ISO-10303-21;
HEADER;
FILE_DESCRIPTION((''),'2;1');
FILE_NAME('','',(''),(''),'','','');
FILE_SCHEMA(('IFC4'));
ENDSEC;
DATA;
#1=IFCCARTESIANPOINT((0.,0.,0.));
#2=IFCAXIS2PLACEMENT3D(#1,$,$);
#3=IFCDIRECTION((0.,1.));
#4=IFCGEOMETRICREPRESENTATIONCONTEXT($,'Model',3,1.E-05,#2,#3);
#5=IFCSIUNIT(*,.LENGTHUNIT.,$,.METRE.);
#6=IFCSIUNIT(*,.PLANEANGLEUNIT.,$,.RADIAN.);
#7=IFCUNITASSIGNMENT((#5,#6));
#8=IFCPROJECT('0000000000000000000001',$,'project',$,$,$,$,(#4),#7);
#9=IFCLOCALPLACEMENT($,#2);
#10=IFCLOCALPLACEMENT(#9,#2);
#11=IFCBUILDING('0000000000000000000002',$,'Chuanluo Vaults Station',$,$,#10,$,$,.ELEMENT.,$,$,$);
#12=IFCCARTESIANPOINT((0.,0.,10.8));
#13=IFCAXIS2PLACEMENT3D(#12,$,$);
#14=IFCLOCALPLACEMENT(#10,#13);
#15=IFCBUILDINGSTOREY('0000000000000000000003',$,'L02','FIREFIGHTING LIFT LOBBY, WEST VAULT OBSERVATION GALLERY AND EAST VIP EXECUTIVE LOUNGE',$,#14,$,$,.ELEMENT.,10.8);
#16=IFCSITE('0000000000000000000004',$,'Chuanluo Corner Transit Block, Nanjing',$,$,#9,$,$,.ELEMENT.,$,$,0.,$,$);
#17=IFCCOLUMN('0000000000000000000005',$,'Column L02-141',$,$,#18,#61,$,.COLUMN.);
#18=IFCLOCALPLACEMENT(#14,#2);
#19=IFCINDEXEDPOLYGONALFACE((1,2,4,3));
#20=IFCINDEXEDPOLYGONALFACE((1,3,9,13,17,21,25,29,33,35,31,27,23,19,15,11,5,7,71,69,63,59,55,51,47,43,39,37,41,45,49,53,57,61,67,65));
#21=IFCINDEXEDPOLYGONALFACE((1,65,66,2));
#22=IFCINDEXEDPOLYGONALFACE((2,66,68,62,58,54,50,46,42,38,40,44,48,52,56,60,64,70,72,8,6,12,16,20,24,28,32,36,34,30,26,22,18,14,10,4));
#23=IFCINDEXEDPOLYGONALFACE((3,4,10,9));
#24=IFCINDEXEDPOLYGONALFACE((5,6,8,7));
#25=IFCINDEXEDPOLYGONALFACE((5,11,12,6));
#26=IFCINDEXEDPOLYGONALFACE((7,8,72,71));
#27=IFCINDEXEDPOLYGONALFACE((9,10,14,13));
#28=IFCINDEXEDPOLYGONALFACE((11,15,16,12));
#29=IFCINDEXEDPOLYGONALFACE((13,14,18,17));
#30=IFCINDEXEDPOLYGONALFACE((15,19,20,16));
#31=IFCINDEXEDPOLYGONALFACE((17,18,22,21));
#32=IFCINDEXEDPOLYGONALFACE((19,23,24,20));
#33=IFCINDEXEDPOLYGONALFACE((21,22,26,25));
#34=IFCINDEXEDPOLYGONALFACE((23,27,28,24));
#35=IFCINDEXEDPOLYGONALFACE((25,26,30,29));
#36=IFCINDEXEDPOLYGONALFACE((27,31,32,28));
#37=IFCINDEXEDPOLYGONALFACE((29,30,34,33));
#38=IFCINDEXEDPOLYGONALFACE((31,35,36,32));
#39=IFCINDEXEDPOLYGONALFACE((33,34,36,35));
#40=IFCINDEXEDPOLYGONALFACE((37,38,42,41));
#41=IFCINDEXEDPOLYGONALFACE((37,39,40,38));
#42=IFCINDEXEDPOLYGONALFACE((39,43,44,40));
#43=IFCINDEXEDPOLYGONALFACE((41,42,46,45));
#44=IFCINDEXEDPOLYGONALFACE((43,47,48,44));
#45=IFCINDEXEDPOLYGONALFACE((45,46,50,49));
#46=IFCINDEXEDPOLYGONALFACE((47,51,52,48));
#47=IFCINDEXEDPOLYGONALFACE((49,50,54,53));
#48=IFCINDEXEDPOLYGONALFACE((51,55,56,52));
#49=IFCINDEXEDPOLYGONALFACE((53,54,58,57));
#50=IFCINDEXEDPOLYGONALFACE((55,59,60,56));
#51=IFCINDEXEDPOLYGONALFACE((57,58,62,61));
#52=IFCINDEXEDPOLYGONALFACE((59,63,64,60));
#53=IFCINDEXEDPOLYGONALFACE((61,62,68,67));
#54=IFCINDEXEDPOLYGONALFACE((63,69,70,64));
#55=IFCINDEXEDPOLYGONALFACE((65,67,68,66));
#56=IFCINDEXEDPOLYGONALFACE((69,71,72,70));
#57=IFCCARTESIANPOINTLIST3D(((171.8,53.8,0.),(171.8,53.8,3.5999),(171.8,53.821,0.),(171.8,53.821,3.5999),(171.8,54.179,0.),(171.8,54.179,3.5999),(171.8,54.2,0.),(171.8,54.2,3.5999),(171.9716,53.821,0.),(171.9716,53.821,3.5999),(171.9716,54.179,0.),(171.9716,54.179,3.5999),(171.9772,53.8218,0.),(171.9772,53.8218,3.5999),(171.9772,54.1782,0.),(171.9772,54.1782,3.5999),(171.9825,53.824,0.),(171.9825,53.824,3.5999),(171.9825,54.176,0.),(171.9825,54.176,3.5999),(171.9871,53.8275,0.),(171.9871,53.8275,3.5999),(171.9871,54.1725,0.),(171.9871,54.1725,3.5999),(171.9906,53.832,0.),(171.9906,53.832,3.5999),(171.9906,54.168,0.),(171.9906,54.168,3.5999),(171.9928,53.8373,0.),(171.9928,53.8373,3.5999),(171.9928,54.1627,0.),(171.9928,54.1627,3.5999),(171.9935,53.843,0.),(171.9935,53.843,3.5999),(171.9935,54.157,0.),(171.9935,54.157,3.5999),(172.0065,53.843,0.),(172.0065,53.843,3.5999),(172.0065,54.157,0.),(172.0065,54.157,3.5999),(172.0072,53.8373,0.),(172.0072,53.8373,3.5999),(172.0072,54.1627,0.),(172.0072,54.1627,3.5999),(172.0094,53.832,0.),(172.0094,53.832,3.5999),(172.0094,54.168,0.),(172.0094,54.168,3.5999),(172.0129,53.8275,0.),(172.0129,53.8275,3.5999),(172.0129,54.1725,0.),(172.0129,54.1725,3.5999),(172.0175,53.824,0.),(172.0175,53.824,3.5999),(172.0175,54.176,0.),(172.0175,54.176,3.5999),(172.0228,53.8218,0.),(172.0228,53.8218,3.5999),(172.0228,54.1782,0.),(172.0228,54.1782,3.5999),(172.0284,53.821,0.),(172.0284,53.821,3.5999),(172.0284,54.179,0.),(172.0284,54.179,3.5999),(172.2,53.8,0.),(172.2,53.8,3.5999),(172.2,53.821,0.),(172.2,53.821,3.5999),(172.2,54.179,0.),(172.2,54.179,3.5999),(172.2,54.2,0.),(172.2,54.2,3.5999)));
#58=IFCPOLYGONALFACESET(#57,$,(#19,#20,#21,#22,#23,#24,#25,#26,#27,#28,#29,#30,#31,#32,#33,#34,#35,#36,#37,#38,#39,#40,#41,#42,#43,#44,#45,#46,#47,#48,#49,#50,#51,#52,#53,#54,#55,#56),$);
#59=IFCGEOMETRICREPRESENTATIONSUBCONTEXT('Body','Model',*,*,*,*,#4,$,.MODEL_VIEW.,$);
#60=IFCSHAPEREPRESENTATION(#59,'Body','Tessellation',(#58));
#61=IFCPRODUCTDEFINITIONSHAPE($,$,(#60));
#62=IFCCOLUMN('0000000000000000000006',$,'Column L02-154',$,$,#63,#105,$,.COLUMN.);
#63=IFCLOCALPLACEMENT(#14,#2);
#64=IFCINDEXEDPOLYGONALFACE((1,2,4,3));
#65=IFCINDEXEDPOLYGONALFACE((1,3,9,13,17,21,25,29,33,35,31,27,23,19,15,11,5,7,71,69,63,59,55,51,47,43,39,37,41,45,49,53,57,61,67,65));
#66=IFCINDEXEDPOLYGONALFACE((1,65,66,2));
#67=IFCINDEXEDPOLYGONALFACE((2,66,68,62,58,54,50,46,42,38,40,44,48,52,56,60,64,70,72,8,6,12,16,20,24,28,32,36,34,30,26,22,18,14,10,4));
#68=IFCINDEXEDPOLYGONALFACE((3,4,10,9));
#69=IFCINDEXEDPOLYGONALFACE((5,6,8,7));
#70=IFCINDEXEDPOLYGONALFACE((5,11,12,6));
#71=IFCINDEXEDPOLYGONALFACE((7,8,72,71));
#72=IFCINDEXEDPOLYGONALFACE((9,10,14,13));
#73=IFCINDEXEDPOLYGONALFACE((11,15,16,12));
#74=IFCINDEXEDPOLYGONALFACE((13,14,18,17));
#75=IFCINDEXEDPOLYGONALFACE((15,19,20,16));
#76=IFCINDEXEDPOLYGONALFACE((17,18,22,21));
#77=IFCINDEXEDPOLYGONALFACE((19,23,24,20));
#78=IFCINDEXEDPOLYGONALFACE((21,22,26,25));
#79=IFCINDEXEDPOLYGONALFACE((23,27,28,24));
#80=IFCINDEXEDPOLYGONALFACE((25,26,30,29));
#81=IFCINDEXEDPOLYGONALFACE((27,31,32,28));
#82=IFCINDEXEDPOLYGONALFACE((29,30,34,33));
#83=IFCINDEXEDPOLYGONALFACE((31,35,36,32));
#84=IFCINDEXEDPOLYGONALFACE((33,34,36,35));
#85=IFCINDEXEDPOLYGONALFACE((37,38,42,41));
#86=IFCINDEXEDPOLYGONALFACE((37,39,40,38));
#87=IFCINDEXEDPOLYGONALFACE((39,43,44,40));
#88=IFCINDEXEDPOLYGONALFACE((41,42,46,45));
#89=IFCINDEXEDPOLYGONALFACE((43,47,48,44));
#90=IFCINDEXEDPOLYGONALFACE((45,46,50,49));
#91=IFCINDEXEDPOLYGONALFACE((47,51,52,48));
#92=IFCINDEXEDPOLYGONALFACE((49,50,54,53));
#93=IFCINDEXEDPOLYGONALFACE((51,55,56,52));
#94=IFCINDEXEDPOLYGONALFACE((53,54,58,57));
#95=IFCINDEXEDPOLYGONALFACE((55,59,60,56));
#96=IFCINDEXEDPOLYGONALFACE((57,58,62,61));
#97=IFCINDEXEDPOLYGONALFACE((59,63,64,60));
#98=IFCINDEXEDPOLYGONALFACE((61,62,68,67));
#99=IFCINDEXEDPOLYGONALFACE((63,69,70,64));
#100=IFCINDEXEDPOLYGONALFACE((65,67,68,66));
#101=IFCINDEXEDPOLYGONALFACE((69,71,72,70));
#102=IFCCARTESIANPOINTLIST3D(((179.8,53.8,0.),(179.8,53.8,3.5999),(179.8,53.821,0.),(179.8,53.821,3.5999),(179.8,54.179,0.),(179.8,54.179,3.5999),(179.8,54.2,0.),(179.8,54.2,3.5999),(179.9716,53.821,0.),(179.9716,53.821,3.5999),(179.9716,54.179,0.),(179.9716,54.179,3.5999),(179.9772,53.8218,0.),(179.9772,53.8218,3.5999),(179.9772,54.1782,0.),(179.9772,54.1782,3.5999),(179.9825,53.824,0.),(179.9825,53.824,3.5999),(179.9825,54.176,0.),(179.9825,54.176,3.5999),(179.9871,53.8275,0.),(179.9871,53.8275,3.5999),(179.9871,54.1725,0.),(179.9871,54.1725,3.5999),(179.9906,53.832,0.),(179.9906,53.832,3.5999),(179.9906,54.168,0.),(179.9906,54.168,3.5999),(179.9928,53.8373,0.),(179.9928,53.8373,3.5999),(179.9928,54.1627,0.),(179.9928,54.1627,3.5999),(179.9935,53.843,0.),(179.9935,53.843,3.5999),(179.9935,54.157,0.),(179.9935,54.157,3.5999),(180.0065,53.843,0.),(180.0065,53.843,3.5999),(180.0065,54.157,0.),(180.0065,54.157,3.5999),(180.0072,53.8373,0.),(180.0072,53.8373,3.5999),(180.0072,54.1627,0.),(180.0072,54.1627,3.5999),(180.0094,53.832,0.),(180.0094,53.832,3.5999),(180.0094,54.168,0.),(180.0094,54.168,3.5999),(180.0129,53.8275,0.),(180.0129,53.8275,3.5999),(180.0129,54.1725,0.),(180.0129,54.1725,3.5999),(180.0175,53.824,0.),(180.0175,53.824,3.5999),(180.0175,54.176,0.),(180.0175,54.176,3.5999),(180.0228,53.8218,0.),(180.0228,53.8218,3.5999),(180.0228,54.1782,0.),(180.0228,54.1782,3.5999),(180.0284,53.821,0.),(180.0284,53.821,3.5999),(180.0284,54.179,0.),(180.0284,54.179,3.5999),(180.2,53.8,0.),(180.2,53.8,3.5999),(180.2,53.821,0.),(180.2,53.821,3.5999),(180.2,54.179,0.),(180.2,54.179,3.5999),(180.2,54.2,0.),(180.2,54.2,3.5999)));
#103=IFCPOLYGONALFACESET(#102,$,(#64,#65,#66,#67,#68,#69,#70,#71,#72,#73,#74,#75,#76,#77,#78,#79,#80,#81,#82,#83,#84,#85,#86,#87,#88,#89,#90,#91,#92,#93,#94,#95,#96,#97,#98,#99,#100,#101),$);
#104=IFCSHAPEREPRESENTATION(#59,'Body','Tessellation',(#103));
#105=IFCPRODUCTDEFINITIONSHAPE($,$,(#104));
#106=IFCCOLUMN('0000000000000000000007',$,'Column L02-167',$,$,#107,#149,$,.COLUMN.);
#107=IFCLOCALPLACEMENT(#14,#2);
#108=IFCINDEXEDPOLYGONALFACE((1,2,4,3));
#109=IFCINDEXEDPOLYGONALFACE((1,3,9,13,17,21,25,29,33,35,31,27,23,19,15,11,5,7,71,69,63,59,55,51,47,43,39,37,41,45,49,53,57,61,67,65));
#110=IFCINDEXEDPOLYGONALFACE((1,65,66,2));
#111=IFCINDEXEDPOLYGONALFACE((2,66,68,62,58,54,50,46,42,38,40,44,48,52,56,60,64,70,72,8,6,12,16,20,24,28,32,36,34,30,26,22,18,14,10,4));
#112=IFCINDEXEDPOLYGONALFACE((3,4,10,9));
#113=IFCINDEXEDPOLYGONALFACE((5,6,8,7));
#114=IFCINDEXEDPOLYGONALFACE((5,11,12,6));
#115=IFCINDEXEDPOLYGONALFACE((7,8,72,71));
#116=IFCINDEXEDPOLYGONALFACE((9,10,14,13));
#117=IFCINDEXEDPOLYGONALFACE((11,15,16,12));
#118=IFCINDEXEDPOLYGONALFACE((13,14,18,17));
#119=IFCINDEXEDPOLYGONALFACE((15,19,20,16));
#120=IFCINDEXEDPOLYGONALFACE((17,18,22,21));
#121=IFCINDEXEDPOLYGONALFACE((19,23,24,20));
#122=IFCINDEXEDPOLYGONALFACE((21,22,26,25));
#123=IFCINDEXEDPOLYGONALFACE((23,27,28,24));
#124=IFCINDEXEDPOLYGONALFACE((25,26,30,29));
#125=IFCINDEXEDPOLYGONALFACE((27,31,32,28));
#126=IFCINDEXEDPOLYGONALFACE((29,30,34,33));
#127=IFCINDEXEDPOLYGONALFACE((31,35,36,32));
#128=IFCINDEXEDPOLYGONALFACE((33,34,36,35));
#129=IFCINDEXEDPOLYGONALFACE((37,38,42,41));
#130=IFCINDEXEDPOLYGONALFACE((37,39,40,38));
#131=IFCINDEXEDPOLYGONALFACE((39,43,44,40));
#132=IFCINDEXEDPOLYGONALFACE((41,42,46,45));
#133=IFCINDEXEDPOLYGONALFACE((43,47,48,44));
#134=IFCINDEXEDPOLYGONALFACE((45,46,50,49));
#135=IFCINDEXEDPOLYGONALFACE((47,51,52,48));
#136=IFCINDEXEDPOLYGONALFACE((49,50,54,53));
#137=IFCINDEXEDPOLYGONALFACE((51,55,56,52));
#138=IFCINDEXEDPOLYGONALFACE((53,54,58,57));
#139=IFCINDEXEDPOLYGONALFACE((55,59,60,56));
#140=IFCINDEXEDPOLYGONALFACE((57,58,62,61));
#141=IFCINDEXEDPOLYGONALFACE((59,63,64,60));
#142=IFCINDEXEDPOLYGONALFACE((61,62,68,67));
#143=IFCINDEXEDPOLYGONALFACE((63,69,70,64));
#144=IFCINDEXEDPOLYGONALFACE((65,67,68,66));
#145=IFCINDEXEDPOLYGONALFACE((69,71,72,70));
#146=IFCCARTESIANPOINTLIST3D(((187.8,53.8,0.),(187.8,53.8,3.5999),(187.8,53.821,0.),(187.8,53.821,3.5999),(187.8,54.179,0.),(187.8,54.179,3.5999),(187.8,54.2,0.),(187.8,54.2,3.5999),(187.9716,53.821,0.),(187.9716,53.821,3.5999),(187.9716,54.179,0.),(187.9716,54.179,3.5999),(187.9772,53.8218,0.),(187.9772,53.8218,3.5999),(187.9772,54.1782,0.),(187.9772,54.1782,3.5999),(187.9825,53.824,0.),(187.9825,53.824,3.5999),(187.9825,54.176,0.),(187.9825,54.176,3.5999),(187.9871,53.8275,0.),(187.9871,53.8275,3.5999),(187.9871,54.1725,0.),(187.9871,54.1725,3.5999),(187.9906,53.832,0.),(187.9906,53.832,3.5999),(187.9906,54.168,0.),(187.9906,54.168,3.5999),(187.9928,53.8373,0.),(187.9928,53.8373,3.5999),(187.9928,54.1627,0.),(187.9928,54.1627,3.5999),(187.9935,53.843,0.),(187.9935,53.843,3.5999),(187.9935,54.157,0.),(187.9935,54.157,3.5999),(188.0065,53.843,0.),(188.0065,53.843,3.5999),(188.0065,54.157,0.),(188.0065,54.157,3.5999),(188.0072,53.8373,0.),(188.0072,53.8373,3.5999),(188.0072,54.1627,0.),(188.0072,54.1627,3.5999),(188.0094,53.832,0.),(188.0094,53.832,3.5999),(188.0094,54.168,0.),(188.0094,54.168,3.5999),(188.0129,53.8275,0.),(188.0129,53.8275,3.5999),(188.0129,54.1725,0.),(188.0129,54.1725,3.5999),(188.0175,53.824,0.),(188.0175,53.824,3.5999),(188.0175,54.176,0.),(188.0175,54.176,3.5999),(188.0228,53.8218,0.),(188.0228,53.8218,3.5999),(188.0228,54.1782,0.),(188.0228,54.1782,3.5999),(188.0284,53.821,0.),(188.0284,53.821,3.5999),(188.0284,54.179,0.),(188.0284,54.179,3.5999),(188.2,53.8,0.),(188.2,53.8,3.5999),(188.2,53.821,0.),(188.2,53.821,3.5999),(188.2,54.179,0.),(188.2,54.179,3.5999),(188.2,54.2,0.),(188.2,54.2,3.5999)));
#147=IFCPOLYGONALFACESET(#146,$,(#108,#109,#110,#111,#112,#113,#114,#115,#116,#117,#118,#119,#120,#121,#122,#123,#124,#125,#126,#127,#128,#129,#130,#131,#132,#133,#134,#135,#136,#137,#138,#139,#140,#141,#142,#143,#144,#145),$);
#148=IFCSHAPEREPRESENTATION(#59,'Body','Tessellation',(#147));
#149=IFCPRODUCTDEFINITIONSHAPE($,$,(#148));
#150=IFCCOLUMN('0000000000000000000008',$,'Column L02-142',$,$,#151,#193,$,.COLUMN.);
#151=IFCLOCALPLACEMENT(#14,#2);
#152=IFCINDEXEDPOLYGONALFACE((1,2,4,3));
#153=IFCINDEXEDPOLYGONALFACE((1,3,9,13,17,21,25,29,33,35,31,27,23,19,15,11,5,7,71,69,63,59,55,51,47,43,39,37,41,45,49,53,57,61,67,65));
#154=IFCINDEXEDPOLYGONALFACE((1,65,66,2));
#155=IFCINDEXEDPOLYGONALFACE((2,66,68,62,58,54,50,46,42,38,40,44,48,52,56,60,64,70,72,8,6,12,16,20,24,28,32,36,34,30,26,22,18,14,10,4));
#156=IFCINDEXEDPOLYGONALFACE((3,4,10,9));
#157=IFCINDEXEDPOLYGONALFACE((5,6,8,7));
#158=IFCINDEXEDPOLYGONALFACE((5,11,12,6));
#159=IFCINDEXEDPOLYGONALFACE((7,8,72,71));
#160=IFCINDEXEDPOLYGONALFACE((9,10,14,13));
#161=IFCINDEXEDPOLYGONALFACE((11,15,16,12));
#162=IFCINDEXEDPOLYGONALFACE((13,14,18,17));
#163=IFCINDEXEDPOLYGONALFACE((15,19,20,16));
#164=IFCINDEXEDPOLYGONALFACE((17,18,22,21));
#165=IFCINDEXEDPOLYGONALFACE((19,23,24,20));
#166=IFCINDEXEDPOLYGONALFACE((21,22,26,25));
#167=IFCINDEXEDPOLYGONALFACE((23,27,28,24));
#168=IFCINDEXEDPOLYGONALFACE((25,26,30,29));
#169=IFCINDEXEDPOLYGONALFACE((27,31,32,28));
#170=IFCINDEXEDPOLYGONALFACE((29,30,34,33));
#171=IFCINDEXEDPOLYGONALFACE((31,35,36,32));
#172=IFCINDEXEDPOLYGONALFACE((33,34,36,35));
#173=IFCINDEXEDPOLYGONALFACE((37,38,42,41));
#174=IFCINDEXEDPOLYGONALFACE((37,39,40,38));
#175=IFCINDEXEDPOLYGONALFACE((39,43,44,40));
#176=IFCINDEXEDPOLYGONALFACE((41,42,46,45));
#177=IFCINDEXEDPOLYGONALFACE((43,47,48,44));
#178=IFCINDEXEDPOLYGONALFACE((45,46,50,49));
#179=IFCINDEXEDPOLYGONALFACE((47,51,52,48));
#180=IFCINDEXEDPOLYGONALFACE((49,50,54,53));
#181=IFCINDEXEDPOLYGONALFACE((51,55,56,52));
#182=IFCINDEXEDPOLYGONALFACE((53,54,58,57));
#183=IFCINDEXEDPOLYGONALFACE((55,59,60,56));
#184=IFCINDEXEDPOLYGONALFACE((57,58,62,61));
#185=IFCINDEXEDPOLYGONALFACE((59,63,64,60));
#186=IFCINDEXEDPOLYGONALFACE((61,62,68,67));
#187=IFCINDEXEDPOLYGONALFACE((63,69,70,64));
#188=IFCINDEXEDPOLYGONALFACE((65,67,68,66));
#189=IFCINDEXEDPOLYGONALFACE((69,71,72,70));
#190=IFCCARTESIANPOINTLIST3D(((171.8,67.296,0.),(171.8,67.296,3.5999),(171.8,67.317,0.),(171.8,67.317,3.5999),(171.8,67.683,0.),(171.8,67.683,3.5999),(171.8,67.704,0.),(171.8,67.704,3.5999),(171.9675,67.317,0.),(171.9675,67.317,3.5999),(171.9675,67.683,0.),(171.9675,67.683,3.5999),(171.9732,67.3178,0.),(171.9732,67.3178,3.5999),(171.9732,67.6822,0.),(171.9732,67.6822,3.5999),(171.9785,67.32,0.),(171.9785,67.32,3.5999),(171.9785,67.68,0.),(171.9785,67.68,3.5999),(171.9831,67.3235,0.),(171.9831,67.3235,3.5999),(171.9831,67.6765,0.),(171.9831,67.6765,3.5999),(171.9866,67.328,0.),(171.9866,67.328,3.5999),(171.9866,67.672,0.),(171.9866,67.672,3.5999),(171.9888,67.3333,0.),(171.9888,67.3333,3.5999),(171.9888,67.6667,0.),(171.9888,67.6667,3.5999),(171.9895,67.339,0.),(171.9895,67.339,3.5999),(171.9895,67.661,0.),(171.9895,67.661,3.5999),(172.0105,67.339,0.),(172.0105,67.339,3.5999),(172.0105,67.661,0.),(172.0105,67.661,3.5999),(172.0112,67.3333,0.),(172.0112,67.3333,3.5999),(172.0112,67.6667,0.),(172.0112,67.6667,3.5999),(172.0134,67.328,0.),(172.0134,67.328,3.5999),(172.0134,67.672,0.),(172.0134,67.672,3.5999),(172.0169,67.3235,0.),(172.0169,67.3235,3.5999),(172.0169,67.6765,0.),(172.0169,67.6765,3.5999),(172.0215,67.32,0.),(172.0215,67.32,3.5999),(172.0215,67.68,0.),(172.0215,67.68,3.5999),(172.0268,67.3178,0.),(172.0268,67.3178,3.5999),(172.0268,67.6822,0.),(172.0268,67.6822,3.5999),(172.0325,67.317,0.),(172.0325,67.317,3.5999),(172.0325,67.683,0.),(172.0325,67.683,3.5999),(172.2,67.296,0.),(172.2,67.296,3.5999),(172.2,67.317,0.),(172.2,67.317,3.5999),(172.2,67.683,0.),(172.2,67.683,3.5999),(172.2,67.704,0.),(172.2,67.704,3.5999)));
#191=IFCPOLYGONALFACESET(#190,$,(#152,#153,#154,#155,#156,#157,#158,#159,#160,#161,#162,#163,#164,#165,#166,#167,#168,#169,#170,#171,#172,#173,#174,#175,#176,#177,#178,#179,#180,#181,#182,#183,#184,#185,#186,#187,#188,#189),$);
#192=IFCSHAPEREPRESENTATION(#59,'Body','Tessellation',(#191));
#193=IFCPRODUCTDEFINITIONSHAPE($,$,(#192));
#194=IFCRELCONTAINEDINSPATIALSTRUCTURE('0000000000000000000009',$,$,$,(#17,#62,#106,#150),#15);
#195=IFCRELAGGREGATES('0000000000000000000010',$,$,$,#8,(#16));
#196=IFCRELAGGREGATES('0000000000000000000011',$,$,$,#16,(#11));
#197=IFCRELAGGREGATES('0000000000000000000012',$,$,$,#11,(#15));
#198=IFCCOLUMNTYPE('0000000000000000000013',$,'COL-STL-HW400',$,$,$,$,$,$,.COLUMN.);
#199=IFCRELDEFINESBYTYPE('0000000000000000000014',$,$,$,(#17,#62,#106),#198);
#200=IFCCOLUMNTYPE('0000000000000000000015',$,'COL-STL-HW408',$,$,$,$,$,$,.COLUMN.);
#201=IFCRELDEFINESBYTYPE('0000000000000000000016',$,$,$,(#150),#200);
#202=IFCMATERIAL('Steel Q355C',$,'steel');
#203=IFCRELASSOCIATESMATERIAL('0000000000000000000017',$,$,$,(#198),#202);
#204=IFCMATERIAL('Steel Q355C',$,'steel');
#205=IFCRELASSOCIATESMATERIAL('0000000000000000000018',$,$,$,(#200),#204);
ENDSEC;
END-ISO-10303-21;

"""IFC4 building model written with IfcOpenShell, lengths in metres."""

from ifc_helpers import new_model, si_unit, direction, frame, origin, origin_2d, place, context, subcontext, project, spatial, i_section, extrude, material, material_profile, profile_set, type_object, element, save


model = new_model("IFC4")

# Units and contexts
model_context = context("Model", 3, precision=1e-05, world=origin(), true_north=direction((0.0, 1.0)))
body_context = subcontext(model_context, "Body", "Model", "MODEL_VIEW")
ifc_project = project(units=[si_unit("LENGTHUNIT", "METRE"), si_unit("PLANEANGLEUNIT", "RADIAN")], contexts=[model_context])

# Site, building, storey
site_placement = place(None, origin())
site = spatial("IfcSite", under=ifc_project, at=site_placement, Name="Chuanluo Corner Transit Block, Nanjing", CompositionType="ELEMENT", RefElevation=0.0)
building_placement = place(site_placement, origin())
building = spatial("IfcBuilding", under=site, at=building_placement, Name="Chuanluo Vaults Station", CompositionType="ELEMENT")
storey_placement = place(building_placement, frame((0.0, 0.0, 10.8)))
storey = spatial("IfcBuildingStorey", under=building, at=storey_placement, Name="L02", Description="FIREFIGHTING LIFT LOBBY, WEST VAULT OBSERVATION GALLERY AND EAST VIP EXECUTIVE LOUNGE", CompositionType="ELEMENT", Elevation=10.8)

# Columns
ifc_material_1 = material(Name="Steel Q355C", Category="steel")
ifc_material_profile_1 = material_profile(ifc_material_1, i_section(OverallWidth=0.3999, OverallDepth=0.3999, WebThickness=0.0129, FlangeThickness=0.021, FilletRadius=0.022, at=origin_2d()))
ifc_profile_set_1 = profile_set([ifc_material_profile_1], Name="Steel Q355C")
column_type_1 = type_object("IfcColumnType", Name="COL-STL-HW400", PredefinedType="COLUMN", material=ifc_profile_set_1)
for number, where, z_axis, x_axis, name in (
    (1, (172.0, 54.0, 0.0), (0.0, 0.0, 1.0), (1.0, 0.0, 0.0), "Column L02-141"),
    (2, (180.0, 54.0, 0.0), (0.0, 0.0, 1.0), (1.0, 0.0, 0.0), "Column L02-154"),
    (3, (188.0, 54.0, 0.0), (0.0, 0.0, 1.0), (1.0, 0.0, 0.0), "Column L02-167"),
):
    element("IfcColumn", number, at=place(storey_placement, frame(where, z_axis=z_axis, x_axis=x_axis)), inside=storey, type_object=column_type_1, Name=name, PredefinedType="COLUMN", context=body_context, shape_type="SweptSolid", body=[
        extrude(i_section(OverallWidth=0.3999, OverallDepth=0.3999, WebThickness=0.0129, FlangeThickness=0.021, FilletRadius=0.022, at=origin_2d()), origin(), (0.0, 0.0, 1.0), 3.5999),
    ])
ifc_material_2 = material(Name="Steel Q355C", Category="steel")
ifc_material_profile_2 = material_profile(ifc_material_2, i_section(OverallWidth=0.3999, OverallDepth=0.408, WebThickness=0.021, FlangeThickness=0.021, FilletRadius=0.022, at=origin_2d()))
ifc_profile_set_2 = profile_set([ifc_material_profile_2], Name="Steel Q355C")
column_type_2 = type_object("IfcColumnType", Name="COL-STL-HW408", PredefinedType="COLUMN", material=ifc_profile_set_2)
for number, where, z_axis, x_axis, name in (
    (4, (172.0, 67.5, 0.0), (0.0, 0.0, 1.0), (1.0, 0.0, 0.0), "Column L02-142"),
):
    element("IfcColumn", number, at=place(storey_placement, frame(where, z_axis=z_axis, x_axis=x_axis)), inside=storey, type_object=column_type_2, Name=name, PredefinedType="COLUMN", context=body_context, shape_type="SweptSolid", body=[
        extrude(i_section(OverallWidth=0.3999, OverallDepth=0.408, WebThickness=0.021, FlangeThickness=0.021, FilletRadius=0.022, at=origin_2d()), origin(), (0.0, 0.0, 1.0), 3.5999),
    ])

save(model, "model.ifc")
